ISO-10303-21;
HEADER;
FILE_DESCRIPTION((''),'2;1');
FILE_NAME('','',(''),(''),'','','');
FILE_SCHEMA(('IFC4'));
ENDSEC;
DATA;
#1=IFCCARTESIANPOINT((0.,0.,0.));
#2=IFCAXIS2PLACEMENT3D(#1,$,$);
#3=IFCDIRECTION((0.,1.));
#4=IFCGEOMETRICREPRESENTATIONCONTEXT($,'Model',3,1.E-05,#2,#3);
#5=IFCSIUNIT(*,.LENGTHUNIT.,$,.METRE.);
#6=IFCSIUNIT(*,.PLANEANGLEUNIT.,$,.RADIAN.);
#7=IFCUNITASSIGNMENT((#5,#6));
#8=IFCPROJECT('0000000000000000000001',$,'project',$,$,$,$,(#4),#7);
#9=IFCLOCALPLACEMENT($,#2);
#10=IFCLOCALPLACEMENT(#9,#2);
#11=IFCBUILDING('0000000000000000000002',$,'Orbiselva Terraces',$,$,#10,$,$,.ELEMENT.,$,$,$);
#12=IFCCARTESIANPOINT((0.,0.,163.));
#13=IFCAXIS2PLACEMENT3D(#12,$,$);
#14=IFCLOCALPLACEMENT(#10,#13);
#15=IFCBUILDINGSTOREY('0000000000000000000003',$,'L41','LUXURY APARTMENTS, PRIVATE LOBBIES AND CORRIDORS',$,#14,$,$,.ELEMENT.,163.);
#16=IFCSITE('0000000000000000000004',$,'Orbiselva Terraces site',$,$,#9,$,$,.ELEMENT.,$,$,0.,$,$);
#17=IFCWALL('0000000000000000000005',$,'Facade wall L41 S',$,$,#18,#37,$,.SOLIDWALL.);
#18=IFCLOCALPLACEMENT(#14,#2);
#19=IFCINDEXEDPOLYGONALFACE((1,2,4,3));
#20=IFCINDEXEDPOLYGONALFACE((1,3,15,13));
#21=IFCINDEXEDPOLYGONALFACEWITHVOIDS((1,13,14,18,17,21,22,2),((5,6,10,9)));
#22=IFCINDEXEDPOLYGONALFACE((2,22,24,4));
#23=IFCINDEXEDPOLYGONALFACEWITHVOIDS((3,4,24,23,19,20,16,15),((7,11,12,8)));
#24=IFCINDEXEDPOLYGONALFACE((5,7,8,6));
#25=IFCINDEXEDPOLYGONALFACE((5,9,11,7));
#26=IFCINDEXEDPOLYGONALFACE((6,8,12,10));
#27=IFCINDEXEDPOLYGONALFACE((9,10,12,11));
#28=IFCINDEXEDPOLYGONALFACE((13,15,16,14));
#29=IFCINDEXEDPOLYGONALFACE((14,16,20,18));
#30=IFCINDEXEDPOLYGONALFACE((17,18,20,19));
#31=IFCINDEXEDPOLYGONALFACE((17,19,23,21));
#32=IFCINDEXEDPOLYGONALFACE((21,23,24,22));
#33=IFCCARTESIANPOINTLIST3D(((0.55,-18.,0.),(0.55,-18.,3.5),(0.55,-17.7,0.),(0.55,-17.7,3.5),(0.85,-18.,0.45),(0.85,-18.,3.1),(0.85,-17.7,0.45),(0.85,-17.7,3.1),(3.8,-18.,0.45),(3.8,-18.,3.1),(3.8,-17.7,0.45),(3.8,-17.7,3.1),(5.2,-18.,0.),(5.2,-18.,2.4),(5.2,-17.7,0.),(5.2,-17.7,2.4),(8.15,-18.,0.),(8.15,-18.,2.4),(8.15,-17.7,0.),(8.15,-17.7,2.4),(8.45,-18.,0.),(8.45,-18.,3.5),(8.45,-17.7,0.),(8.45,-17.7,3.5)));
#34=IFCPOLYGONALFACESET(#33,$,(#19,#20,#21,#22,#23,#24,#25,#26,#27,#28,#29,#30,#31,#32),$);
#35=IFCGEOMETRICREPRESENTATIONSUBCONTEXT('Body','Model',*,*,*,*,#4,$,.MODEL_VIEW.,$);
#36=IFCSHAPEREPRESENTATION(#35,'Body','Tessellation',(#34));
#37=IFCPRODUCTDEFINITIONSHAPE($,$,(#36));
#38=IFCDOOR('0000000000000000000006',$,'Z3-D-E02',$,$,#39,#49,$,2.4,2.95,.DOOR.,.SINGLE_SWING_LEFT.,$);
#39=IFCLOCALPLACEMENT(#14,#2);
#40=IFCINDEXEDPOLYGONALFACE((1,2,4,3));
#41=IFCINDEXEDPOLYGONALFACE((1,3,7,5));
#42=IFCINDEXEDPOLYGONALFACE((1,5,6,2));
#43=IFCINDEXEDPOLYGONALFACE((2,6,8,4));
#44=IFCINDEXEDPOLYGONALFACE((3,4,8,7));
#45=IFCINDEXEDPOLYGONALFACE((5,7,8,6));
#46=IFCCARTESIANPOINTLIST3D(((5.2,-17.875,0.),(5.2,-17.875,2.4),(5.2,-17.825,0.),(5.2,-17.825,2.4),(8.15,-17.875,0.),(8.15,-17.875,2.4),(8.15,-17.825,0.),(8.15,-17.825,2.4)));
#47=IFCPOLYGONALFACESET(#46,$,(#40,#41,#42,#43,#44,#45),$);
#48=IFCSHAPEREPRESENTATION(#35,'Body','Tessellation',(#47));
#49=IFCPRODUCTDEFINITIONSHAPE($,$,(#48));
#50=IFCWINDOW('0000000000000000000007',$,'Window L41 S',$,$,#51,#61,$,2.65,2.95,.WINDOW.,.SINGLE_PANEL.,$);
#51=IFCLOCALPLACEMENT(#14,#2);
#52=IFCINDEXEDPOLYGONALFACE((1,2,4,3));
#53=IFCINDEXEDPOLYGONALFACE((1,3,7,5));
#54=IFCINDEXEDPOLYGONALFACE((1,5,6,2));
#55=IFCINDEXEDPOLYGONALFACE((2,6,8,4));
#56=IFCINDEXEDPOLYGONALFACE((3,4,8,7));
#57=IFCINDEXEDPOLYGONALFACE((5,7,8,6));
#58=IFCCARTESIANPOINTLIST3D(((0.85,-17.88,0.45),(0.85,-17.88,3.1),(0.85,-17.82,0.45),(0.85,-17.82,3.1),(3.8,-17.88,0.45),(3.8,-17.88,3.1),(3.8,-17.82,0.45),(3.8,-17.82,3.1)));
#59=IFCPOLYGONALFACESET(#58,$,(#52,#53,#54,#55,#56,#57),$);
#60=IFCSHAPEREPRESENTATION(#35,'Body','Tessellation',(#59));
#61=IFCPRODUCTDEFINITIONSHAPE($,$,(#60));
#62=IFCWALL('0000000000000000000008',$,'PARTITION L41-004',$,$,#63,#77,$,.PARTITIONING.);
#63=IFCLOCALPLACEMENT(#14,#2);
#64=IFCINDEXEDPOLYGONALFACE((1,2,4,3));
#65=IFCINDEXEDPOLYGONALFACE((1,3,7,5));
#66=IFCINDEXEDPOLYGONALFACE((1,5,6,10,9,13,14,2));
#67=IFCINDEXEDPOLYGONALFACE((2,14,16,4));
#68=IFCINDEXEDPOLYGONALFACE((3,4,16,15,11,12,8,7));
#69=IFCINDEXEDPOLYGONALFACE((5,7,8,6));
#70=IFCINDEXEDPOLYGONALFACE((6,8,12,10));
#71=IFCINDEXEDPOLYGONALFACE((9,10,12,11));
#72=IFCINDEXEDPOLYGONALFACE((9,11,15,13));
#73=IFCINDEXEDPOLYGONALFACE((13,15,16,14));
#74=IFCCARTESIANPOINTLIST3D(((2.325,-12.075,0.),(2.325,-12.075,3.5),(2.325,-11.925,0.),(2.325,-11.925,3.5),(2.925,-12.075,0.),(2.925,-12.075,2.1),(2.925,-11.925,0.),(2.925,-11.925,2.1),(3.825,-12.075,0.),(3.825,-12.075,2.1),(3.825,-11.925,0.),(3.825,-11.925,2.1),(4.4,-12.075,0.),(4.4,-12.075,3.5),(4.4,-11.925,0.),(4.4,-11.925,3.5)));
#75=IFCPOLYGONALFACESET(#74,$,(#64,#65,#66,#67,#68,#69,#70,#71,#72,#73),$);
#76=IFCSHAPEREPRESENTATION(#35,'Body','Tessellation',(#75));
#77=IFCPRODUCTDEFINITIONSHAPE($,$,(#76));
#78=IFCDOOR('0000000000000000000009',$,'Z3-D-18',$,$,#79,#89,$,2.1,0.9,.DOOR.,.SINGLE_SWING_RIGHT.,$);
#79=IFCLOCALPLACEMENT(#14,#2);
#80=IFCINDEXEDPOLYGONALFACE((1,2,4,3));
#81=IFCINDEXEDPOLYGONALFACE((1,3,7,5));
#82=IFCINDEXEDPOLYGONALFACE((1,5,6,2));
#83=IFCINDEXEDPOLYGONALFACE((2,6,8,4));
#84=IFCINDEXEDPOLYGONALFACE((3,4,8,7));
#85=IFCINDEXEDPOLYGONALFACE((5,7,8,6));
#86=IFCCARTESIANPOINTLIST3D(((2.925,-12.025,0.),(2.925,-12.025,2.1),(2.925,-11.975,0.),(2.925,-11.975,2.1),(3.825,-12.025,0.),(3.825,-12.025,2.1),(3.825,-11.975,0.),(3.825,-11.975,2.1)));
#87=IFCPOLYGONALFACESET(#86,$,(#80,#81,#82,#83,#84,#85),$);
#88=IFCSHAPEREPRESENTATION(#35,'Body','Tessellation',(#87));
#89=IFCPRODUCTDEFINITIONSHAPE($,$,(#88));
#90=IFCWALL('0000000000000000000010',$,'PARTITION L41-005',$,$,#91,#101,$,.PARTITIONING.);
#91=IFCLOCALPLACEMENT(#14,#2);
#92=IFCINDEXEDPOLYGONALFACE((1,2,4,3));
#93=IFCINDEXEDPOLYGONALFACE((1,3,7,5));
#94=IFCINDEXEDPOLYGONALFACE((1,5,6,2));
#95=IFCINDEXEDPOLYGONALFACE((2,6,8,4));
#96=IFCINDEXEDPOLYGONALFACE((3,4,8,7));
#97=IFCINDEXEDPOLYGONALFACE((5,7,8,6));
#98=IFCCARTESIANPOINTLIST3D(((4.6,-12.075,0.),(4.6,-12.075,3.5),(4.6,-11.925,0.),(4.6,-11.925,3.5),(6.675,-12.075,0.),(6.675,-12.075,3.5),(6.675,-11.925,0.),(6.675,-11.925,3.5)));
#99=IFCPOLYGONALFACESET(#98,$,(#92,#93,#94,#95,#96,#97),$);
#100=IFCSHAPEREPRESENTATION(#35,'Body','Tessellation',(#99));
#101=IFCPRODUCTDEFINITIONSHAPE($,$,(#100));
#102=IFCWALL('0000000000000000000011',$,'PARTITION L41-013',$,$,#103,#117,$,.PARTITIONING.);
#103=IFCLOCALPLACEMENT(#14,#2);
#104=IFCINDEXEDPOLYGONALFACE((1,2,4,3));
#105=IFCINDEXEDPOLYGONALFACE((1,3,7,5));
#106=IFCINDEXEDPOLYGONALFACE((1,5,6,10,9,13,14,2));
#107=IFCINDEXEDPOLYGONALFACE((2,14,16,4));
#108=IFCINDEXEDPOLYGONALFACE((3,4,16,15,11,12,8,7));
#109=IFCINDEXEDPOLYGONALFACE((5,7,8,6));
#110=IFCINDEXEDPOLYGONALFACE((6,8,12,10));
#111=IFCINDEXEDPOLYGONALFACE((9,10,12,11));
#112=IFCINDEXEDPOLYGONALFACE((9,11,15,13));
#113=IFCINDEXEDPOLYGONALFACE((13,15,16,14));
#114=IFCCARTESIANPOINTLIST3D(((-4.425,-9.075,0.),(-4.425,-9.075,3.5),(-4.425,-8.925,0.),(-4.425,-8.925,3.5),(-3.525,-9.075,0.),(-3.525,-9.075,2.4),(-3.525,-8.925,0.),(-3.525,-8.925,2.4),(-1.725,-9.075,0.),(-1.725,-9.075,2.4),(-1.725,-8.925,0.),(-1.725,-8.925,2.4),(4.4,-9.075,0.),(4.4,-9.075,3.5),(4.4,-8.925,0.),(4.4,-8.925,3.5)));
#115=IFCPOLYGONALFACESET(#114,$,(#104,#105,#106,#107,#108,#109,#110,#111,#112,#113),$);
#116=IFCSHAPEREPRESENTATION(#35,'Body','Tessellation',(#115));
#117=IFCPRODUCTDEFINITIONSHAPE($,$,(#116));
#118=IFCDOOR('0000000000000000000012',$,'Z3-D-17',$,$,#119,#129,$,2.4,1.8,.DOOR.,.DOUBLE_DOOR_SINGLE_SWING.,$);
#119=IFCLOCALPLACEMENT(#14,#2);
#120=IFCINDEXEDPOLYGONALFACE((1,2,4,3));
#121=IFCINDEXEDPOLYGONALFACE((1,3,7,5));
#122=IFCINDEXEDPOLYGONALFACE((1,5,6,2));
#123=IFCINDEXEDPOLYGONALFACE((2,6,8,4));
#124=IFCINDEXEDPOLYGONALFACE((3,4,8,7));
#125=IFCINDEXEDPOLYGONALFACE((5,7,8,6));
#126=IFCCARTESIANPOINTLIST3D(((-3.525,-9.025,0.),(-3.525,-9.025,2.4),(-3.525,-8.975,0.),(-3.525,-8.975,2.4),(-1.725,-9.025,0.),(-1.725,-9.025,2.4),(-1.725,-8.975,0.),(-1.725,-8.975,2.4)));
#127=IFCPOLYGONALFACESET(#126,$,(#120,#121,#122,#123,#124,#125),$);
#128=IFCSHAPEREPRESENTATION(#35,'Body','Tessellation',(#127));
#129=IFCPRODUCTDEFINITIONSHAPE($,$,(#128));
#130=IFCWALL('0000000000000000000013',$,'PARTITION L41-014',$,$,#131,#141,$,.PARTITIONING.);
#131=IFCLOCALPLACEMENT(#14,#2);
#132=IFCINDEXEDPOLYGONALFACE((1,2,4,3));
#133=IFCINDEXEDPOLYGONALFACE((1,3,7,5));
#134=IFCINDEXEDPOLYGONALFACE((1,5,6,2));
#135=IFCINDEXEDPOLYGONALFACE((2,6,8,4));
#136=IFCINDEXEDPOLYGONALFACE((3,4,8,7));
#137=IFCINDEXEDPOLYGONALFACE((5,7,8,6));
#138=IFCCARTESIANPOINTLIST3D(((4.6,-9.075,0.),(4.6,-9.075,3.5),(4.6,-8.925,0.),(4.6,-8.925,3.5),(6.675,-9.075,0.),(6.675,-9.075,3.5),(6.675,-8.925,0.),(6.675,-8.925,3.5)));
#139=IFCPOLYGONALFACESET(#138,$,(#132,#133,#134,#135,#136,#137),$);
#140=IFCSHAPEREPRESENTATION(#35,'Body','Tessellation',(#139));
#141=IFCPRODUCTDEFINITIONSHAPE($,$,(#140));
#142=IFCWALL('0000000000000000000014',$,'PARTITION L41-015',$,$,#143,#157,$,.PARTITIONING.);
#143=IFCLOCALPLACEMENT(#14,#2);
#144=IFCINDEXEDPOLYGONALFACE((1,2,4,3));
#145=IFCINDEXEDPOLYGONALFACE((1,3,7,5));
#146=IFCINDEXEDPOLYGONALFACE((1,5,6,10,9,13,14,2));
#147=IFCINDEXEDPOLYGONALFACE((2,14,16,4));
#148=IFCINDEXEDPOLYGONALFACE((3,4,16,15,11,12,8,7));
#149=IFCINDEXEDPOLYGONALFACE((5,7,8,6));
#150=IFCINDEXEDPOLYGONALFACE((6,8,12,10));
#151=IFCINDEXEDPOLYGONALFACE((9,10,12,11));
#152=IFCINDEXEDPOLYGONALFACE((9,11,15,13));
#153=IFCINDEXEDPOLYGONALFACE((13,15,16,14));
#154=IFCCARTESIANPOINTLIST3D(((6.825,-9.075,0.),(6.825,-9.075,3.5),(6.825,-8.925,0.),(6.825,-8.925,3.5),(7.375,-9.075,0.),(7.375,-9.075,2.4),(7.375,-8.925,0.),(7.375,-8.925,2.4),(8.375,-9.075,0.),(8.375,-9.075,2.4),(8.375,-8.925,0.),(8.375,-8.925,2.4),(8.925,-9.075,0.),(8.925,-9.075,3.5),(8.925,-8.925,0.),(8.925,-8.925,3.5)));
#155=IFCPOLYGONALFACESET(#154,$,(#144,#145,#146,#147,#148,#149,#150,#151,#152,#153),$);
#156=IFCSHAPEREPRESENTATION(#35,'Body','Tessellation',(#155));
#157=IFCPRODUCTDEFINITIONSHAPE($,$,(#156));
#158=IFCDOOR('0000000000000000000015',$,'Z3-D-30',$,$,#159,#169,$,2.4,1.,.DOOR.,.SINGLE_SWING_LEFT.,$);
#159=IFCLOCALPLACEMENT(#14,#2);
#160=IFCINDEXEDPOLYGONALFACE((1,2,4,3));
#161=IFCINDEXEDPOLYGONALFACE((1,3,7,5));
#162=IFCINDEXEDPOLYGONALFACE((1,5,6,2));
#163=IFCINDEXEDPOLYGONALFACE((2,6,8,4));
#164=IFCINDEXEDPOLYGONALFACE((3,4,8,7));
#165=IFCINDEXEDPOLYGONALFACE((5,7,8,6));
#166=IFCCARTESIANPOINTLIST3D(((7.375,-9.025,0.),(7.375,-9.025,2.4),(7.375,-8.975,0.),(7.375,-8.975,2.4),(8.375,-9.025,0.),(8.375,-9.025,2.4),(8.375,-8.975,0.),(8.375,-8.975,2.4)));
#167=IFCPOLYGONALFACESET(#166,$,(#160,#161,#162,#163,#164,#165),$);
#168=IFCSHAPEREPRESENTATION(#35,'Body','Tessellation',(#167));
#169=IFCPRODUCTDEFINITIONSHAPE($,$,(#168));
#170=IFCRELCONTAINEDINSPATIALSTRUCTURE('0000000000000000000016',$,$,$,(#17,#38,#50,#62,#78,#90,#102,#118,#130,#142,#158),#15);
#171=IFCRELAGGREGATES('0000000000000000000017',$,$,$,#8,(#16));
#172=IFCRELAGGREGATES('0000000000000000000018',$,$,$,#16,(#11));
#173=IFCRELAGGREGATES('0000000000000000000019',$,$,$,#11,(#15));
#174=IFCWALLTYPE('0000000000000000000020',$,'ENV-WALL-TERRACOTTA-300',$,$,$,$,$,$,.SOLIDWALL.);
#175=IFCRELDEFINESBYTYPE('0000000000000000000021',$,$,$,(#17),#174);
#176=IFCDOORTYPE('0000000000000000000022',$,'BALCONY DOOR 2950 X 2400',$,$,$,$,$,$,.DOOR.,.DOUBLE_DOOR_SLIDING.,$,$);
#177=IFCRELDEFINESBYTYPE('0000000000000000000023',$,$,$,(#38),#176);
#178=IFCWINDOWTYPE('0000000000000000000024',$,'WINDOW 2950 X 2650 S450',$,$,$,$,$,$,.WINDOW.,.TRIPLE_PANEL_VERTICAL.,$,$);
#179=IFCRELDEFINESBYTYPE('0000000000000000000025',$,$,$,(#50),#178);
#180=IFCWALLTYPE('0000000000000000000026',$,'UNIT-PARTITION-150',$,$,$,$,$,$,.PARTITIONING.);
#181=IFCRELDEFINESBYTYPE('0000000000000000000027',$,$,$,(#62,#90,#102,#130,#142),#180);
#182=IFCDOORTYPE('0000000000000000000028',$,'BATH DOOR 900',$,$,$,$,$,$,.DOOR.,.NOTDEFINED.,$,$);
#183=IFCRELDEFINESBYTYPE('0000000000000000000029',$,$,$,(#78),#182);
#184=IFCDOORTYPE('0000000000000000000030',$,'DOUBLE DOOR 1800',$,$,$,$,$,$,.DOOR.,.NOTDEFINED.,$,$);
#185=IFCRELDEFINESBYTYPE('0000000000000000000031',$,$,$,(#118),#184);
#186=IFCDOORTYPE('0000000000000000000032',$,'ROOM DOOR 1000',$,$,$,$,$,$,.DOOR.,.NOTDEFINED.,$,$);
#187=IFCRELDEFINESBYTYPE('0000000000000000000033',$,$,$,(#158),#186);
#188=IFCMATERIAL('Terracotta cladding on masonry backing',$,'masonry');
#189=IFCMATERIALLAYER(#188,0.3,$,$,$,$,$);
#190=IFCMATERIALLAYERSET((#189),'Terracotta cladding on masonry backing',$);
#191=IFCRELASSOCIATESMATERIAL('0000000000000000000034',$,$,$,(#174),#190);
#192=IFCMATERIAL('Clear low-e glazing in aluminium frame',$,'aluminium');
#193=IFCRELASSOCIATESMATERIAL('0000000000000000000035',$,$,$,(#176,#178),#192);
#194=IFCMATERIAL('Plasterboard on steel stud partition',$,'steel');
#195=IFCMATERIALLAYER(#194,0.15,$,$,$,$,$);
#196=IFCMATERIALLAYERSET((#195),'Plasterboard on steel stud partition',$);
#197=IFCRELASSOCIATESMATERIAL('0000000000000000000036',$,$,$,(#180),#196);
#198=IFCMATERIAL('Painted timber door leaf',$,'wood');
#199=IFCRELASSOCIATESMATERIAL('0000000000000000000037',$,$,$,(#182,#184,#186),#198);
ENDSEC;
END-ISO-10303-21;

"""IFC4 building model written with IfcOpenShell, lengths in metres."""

from ifc_helpers import new_model, si_unit, direction, frame, frame_2d, origin, place, context, subcontext, project, spatial, rectangle, extrude, material, layer, layer_set, type_object, element, fill, save


model = new_model("IFC4")

# Units and contexts
model_context = context("Model", 3, precision=1e-05, world=origin(), true_north=direction((0.0, 1.0)))
body_context = subcontext(model_context, "Body", "Model", "MODEL_VIEW")
ifc_project = project(units=[si_unit("LENGTHUNIT", "METRE"), si_unit("PLANEANGLEUNIT", "RADIAN")], contexts=[model_context])

# Site, building, storey
site_placement = place(None, origin())
site = spatial("IfcSite", under=ifc_project, at=site_placement, Name="Orbiselva Terraces site", CompositionType="ELEMENT", RefElevation=0.0)
building_placement = place(site_placement, origin())
building = spatial("IfcBuilding", under=site, at=building_placement, Name="Orbiselva Terraces", CompositionType="ELEMENT")
storey_placement = place(building_placement, frame((0.0, 0.0, 163.0)))
storey = spatial("IfcBuildingStorey", under=building, at=storey_placement, Name="L41", Description="LUXURY APARTMENTS, PRIVATE LOBBIES AND CORRIDORS", CompositionType="ELEMENT", Elevation=163.0)

# Wall, openings, door, window
ifc_material_1 = material(Name="Terracotta cladding on masonry backing", Category="masonry")
ifc_layer_1 = layer(ifc_material_1, 0.3)
ifc_layer_set_1 = layer_set([ifc_layer_1], Name="Terracotta cladding on masonry backing")
wall_type_1 = type_object("IfcWallType", Name="ENV-WALL-TERRACOTTA-300", PredefinedType="SOLIDWALL", material=ifc_layer_set_1)
wall_1_placement = place(storey_placement, frame((8.45, -17.85, 0.0), z_axis=(0.0, 0.0, 1.0), x_axis=(-1.0, 0.0, 0.0)))
wall_1 = element("IfcWall", 1, at=wall_1_placement, inside=storey, type_object=wall_type_1, Name="Facade wall L41 S", PredefinedType="SOLIDWALL", context=body_context, shape_type="SweptSolid", body=[
    extrude(rectangle(XDim=7.9, YDim=0.3, at=frame_2d((3.95, 0.0))), origin(), (0.0, 0.0, 1.0), 3.5),
])
opening_1_placement = place(wall_1_placement, frame((4.65, 0.0, 0.45)))
opening_1 = element("IfcOpeningElement", 2, at=opening_1_placement, cuts=wall_1, PredefinedType="OPENING", context=body_context, shape_type="SweptSolid", body=[
    extrude(rectangle(XDim=2.95, YDim=2.65, at=frame_2d((1.475, 1.325))), frame((0.0, 0.16, 0.0), z_axis=(0.0, -1.0, 0.0), x_axis=(1.0, 0.0, 0.0)), (0.0, 0.0, 1.0), 0.32),
])
opening_2_placement = place(wall_1_placement, frame((0.3, 0.0, 0.0)))
opening_2 = element("IfcOpeningElement", 3, at=opening_2_placement, cuts=wall_1, PredefinedType="OPENING", context=body_context, shape_type="SweptSolid", body=[
    extrude(rectangle(XDim=2.95, YDim=2.4, at=frame_2d((1.475, 1.2))), frame((0.0, 0.16, 0.0), z_axis=(0.0, -1.0, 0.0), x_axis=(1.0, 0.0, 0.0)), (0.0, 0.0, 1.0), 0.32),
])
ifc_material_2 = material(Name="Clear low-e glazing in aluminium frame", Category="aluminium")
door_type_1 = type_object("IfcDoorType", Name="BALCONY DOOR 2950 X 2400", OperationType="DOUBLE_DOOR_SLIDING", PredefinedType="DOOR", material=ifc_material_2)
door_1_placement = place(opening_2_placement, origin())
door_1 = element("IfcDoor", 4, at=door_1_placement, inside=storey, type_object=door_type_1, Name="Z3-D-E02", OperationType="SINGLE_SWING_LEFT", OverallHeight=2.4, OverallWidth=2.95, PredefinedType="DOOR", context=body_context, shape_type="SweptSolid", body=[
    extrude(rectangle(XDim=2.95, YDim=2.4, at=frame_2d((1.475, 1.2))), frame((0.0, 0.025, 0.0), z_axis=(0.0, -1.0, 0.0), x_axis=(1.0, 0.0, 0.0)), (0.0, 0.0, 1.0), 0.05),
])
fill(opening_2, door_1)
window_type = type_object("IfcWindowType", Name="WINDOW 2950 X 2650 S450", PartitioningType="TRIPLE_PANEL_VERTICAL", PredefinedType="WINDOW", material=ifc_material_2)
window_placement = place(opening_1_placement, origin())
window = element("IfcWindow", 5, at=window_placement, inside=storey, type_object=window_type, Name="Window L41 S", OverallHeight=2.65, OverallWidth=2.95, PartitioningType="SINGLE_PANEL", PredefinedType="WINDOW", context=body_context, shape_type="SweptSolid", body=[
    extrude(rectangle(XDim=2.95, YDim=2.65, at=frame_2d((1.475, 1.325))), frame((0.0, 0.03, 0.0), z_axis=(0.0, -1.0, 0.0), x_axis=(1.0, 0.0, 0.0)), (0.0, 0.0, 1.0), 0.06),
])
fill(opening_1, window)

# Wall, opening, door
ifc_material_3 = material(Name="Plasterboard on steel stud partition", Category="steel")
ifc_layer_2 = layer(ifc_material_3, 0.15)
ifc_layer_set_2 = layer_set([ifc_layer_2], Name="Plasterboard on steel stud partition")
wall_type_2 = type_object("IfcWallType", Name="UNIT-PARTITION-150", PredefinedType="PARTITIONING", material=ifc_layer_set_2)
wall_2_placement = place(storey_placement, frame((2.325, -12.0, 0.0), z_axis=(0.0, 0.0, 1.0), x_axis=(1.0, 0.0, 0.0)))
wall_2 = element("IfcWall", 6, at=wall_2_placement, inside=storey, type_object=wall_type_2, Name="PARTITION L41-004", PredefinedType="PARTITIONING", context=body_context, shape_type="SweptSolid", body=[
    extrude(rectangle(XDim=2.075, YDim=0.15, at=frame_2d((1.0375, 0.0))), origin(), (0.0, 0.0, 1.0), 3.5),
])
opening_3_placement = place(wall_2_placement, frame((0.6, 0.0, 0.0)))
opening_3 = element("IfcOpeningElement", 7, at=opening_3_placement, cuts=wall_2, PredefinedType="OPENING", context=body_context, shape_type="SweptSolid", body=[
    extrude(rectangle(XDim=0.9, YDim=2.1, at=frame_2d((0.45, 1.05))), frame((0.0, 0.085, 0.0), z_axis=(0.0, -1.0, 0.0), x_axis=(1.0, 0.0, 0.0)), (0.0, 0.0, 1.0), 0.17),
])
ifc_material_4 = material(Name="Painted timber door leaf", Category="wood")
door_type_2 = type_object("IfcDoorType", Name="BATH DOOR 900", OperationType="NOTDEFINED", PredefinedType="DOOR", material=ifc_material_4)
door_2_placement = place(opening_3_placement, origin())
door_2 = element("IfcDoor", 8, at=door_2_placement, inside=storey, type_object=door_type_2, Name="Z3-D-18", OperationType="SINGLE_SWING_RIGHT", OverallHeight=2.1, OverallWidth=0.9, PredefinedType="DOOR", context=body_context, shape_type="SweptSolid", body=[
    extrude(rectangle(XDim=0.9, YDim=2.1, at=frame_2d((0.45, 1.05))), frame((0.0, 0.025, 0.0), z_axis=(0.0, -1.0, 0.0), x_axis=(1.0, 0.0, 0.0)), (0.0, 0.0, 1.0), 0.05),
])
fill(opening_3, door_2)

# Wall
wall_3_placement = place(storey_placement, frame((4.6, -12.0, 0.0), z_axis=(0.0, 0.0, 1.0), x_axis=(1.0, 0.0, 0.0)))
element("IfcWall", 9, at=wall_3_placement, inside=storey, type_object=wall_type_2, Name="PARTITION L41-005", PredefinedType="PARTITIONING", context=body_context, shape_type="SweptSolid", body=[
    extrude(rectangle(XDim=2.075, YDim=0.15, at=frame_2d((1.0375, 0.0))), origin(), (0.0, 0.0, 1.0), 3.5),
])

# Wall, opening, door
wall_4_placement = place(storey_placement, frame((4.4, -9.0, 0.0), z_axis=(0.0, 0.0, 1.0), x_axis=(-1.0, 0.0, 0.0)))
wall_4 = element("IfcWall", 10, at=wall_4_placement, inside=storey, type_object=wall_type_2, Name="PARTITION L41-013", PredefinedType="PARTITIONING", context=body_context, shape_type="SweptSolid", body=[
    extrude(rectangle(XDim=8.825, YDim=0.15, at=frame_2d((4.4125, 0.0))), origin(), (0.0, 0.0, 1.0), 3.5),
])
opening_4_placement = place(wall_4_placement, frame((6.125, 0.0, 0.0)))
opening_4 = element("IfcOpeningElement", 11, at=opening_4_placement, cuts=wall_4, PredefinedType="OPENING", context=body_context, shape_type="SweptSolid", body=[
    extrude(rectangle(XDim=1.8, YDim=2.4, at=frame_2d((0.9, 1.2))), frame((0.0, 0.085, 0.0), z_axis=(0.0, -1.0, 0.0), x_axis=(1.0, 0.0, 0.0)), (0.0, 0.0, 1.0), 0.17),
])
door_type_3 = type_object("IfcDoorType", Name="DOUBLE DOOR 1800", OperationType="NOTDEFINED", PredefinedType="DOOR", material=ifc_material_4)
door_3_placement = place(opening_4_placement, origin())
door_3 = element("IfcDoor", 12, at=door_3_placement, inside=storey, type_object=door_type_3, Name="Z3-D-17", OperationType="DOUBLE_DOOR_SINGLE_SWING", OverallHeight=2.4, OverallWidth=1.8, PredefinedType="DOOR", context=body_context, shape_type="SweptSolid", body=[
    extrude(rectangle(XDim=1.8, YDim=2.4, at=frame_2d((0.9, 1.2))), frame((0.0, 0.025, 0.0), z_axis=(0.0, -1.0, 0.0), x_axis=(1.0, 0.0, 0.0)), (0.0, 0.0, 1.0), 0.05),
])
fill(opening_4, door_3)

# Wall
wall_5_placement = place(storey_placement, frame((4.6, -9.0, 0.0), z_axis=(0.0, 0.0, 1.0), x_axis=(1.0, 0.0, 0.0)))
element("IfcWall", 13, at=wall_5_placement, inside=storey, type_object=wall_type_2, Name="PARTITION L41-014", PredefinedType="PARTITIONING", context=body_context, shape_type="SweptSolid", body=[
    extrude(rectangle(XDim=2.075, YDim=0.15, at=frame_2d((1.0375, 0.0))), origin(), (0.0, 0.0, 1.0), 3.5),
])

# Wall, opening, door
wall_6_placement = place(storey_placement, frame((8.925, -9.0, 0.0), z_axis=(0.0, 0.0, 1.0), x_axis=(-1.0, 0.0, 0.0)))
wall_6 = element("IfcWall", 14, at=wall_6_placement, inside=storey, type_object=wall_type_2, Name="PARTITION L41-015", PredefinedType="PARTITIONING", context=body_context, shape_type="SweptSolid", body=[
    extrude(rectangle(XDim=2.1, YDim=0.15, at=frame_2d((1.05, 0.0))), origin(), (0.0, 0.0, 1.0), 3.5),
])
opening_5_placement = place(wall_6_placement, frame((0.55, 0.0, 0.0)))
opening_5 = element("IfcOpeningElement", 15, at=opening_5_placement, cuts=wall_6, PredefinedType="OPENING", context=body_context, shape_type="SweptSolid", body=[
    extrude(rectangle(XDim=1.0, YDim=2.4, at=frame_2d((0.5, 1.2))), frame((0.0, 0.085, 0.0), z_axis=(0.0, -1.0, 0.0), x_axis=(1.0, 0.0, 0.0)), (0.0, 0.0, 1.0), 0.17),
])
door_type_4 = type_object("IfcDoorType", Name="ROOM DOOR 1000", OperationType="NOTDEFINED", PredefinedType="DOOR", material=ifc_material_4)
door_4_placement = place(opening_5_placement, origin())
door_4 = element("IfcDoor", 16, at=door_4_placement, inside=storey, type_object=door_type_4, Name="Z3-D-30", OperationType="SINGLE_SWING_LEFT", OverallHeight=2.4, OverallWidth=1.0, PredefinedType="DOOR", context=body_context, shape_type="SweptSolid", body=[
    extrude(rectangle(XDim=1.0, YDim=2.4, at=frame_2d((0.5, 1.2))), frame((0.0, 0.025, 0.0), z_axis=(0.0, -1.0, 0.0), x_axis=(1.0, 0.0, 0.0)), (0.0, 0.0, 1.0), 0.05),
])
fill(opening_5, door_4)

save(model, "model.ifc")
